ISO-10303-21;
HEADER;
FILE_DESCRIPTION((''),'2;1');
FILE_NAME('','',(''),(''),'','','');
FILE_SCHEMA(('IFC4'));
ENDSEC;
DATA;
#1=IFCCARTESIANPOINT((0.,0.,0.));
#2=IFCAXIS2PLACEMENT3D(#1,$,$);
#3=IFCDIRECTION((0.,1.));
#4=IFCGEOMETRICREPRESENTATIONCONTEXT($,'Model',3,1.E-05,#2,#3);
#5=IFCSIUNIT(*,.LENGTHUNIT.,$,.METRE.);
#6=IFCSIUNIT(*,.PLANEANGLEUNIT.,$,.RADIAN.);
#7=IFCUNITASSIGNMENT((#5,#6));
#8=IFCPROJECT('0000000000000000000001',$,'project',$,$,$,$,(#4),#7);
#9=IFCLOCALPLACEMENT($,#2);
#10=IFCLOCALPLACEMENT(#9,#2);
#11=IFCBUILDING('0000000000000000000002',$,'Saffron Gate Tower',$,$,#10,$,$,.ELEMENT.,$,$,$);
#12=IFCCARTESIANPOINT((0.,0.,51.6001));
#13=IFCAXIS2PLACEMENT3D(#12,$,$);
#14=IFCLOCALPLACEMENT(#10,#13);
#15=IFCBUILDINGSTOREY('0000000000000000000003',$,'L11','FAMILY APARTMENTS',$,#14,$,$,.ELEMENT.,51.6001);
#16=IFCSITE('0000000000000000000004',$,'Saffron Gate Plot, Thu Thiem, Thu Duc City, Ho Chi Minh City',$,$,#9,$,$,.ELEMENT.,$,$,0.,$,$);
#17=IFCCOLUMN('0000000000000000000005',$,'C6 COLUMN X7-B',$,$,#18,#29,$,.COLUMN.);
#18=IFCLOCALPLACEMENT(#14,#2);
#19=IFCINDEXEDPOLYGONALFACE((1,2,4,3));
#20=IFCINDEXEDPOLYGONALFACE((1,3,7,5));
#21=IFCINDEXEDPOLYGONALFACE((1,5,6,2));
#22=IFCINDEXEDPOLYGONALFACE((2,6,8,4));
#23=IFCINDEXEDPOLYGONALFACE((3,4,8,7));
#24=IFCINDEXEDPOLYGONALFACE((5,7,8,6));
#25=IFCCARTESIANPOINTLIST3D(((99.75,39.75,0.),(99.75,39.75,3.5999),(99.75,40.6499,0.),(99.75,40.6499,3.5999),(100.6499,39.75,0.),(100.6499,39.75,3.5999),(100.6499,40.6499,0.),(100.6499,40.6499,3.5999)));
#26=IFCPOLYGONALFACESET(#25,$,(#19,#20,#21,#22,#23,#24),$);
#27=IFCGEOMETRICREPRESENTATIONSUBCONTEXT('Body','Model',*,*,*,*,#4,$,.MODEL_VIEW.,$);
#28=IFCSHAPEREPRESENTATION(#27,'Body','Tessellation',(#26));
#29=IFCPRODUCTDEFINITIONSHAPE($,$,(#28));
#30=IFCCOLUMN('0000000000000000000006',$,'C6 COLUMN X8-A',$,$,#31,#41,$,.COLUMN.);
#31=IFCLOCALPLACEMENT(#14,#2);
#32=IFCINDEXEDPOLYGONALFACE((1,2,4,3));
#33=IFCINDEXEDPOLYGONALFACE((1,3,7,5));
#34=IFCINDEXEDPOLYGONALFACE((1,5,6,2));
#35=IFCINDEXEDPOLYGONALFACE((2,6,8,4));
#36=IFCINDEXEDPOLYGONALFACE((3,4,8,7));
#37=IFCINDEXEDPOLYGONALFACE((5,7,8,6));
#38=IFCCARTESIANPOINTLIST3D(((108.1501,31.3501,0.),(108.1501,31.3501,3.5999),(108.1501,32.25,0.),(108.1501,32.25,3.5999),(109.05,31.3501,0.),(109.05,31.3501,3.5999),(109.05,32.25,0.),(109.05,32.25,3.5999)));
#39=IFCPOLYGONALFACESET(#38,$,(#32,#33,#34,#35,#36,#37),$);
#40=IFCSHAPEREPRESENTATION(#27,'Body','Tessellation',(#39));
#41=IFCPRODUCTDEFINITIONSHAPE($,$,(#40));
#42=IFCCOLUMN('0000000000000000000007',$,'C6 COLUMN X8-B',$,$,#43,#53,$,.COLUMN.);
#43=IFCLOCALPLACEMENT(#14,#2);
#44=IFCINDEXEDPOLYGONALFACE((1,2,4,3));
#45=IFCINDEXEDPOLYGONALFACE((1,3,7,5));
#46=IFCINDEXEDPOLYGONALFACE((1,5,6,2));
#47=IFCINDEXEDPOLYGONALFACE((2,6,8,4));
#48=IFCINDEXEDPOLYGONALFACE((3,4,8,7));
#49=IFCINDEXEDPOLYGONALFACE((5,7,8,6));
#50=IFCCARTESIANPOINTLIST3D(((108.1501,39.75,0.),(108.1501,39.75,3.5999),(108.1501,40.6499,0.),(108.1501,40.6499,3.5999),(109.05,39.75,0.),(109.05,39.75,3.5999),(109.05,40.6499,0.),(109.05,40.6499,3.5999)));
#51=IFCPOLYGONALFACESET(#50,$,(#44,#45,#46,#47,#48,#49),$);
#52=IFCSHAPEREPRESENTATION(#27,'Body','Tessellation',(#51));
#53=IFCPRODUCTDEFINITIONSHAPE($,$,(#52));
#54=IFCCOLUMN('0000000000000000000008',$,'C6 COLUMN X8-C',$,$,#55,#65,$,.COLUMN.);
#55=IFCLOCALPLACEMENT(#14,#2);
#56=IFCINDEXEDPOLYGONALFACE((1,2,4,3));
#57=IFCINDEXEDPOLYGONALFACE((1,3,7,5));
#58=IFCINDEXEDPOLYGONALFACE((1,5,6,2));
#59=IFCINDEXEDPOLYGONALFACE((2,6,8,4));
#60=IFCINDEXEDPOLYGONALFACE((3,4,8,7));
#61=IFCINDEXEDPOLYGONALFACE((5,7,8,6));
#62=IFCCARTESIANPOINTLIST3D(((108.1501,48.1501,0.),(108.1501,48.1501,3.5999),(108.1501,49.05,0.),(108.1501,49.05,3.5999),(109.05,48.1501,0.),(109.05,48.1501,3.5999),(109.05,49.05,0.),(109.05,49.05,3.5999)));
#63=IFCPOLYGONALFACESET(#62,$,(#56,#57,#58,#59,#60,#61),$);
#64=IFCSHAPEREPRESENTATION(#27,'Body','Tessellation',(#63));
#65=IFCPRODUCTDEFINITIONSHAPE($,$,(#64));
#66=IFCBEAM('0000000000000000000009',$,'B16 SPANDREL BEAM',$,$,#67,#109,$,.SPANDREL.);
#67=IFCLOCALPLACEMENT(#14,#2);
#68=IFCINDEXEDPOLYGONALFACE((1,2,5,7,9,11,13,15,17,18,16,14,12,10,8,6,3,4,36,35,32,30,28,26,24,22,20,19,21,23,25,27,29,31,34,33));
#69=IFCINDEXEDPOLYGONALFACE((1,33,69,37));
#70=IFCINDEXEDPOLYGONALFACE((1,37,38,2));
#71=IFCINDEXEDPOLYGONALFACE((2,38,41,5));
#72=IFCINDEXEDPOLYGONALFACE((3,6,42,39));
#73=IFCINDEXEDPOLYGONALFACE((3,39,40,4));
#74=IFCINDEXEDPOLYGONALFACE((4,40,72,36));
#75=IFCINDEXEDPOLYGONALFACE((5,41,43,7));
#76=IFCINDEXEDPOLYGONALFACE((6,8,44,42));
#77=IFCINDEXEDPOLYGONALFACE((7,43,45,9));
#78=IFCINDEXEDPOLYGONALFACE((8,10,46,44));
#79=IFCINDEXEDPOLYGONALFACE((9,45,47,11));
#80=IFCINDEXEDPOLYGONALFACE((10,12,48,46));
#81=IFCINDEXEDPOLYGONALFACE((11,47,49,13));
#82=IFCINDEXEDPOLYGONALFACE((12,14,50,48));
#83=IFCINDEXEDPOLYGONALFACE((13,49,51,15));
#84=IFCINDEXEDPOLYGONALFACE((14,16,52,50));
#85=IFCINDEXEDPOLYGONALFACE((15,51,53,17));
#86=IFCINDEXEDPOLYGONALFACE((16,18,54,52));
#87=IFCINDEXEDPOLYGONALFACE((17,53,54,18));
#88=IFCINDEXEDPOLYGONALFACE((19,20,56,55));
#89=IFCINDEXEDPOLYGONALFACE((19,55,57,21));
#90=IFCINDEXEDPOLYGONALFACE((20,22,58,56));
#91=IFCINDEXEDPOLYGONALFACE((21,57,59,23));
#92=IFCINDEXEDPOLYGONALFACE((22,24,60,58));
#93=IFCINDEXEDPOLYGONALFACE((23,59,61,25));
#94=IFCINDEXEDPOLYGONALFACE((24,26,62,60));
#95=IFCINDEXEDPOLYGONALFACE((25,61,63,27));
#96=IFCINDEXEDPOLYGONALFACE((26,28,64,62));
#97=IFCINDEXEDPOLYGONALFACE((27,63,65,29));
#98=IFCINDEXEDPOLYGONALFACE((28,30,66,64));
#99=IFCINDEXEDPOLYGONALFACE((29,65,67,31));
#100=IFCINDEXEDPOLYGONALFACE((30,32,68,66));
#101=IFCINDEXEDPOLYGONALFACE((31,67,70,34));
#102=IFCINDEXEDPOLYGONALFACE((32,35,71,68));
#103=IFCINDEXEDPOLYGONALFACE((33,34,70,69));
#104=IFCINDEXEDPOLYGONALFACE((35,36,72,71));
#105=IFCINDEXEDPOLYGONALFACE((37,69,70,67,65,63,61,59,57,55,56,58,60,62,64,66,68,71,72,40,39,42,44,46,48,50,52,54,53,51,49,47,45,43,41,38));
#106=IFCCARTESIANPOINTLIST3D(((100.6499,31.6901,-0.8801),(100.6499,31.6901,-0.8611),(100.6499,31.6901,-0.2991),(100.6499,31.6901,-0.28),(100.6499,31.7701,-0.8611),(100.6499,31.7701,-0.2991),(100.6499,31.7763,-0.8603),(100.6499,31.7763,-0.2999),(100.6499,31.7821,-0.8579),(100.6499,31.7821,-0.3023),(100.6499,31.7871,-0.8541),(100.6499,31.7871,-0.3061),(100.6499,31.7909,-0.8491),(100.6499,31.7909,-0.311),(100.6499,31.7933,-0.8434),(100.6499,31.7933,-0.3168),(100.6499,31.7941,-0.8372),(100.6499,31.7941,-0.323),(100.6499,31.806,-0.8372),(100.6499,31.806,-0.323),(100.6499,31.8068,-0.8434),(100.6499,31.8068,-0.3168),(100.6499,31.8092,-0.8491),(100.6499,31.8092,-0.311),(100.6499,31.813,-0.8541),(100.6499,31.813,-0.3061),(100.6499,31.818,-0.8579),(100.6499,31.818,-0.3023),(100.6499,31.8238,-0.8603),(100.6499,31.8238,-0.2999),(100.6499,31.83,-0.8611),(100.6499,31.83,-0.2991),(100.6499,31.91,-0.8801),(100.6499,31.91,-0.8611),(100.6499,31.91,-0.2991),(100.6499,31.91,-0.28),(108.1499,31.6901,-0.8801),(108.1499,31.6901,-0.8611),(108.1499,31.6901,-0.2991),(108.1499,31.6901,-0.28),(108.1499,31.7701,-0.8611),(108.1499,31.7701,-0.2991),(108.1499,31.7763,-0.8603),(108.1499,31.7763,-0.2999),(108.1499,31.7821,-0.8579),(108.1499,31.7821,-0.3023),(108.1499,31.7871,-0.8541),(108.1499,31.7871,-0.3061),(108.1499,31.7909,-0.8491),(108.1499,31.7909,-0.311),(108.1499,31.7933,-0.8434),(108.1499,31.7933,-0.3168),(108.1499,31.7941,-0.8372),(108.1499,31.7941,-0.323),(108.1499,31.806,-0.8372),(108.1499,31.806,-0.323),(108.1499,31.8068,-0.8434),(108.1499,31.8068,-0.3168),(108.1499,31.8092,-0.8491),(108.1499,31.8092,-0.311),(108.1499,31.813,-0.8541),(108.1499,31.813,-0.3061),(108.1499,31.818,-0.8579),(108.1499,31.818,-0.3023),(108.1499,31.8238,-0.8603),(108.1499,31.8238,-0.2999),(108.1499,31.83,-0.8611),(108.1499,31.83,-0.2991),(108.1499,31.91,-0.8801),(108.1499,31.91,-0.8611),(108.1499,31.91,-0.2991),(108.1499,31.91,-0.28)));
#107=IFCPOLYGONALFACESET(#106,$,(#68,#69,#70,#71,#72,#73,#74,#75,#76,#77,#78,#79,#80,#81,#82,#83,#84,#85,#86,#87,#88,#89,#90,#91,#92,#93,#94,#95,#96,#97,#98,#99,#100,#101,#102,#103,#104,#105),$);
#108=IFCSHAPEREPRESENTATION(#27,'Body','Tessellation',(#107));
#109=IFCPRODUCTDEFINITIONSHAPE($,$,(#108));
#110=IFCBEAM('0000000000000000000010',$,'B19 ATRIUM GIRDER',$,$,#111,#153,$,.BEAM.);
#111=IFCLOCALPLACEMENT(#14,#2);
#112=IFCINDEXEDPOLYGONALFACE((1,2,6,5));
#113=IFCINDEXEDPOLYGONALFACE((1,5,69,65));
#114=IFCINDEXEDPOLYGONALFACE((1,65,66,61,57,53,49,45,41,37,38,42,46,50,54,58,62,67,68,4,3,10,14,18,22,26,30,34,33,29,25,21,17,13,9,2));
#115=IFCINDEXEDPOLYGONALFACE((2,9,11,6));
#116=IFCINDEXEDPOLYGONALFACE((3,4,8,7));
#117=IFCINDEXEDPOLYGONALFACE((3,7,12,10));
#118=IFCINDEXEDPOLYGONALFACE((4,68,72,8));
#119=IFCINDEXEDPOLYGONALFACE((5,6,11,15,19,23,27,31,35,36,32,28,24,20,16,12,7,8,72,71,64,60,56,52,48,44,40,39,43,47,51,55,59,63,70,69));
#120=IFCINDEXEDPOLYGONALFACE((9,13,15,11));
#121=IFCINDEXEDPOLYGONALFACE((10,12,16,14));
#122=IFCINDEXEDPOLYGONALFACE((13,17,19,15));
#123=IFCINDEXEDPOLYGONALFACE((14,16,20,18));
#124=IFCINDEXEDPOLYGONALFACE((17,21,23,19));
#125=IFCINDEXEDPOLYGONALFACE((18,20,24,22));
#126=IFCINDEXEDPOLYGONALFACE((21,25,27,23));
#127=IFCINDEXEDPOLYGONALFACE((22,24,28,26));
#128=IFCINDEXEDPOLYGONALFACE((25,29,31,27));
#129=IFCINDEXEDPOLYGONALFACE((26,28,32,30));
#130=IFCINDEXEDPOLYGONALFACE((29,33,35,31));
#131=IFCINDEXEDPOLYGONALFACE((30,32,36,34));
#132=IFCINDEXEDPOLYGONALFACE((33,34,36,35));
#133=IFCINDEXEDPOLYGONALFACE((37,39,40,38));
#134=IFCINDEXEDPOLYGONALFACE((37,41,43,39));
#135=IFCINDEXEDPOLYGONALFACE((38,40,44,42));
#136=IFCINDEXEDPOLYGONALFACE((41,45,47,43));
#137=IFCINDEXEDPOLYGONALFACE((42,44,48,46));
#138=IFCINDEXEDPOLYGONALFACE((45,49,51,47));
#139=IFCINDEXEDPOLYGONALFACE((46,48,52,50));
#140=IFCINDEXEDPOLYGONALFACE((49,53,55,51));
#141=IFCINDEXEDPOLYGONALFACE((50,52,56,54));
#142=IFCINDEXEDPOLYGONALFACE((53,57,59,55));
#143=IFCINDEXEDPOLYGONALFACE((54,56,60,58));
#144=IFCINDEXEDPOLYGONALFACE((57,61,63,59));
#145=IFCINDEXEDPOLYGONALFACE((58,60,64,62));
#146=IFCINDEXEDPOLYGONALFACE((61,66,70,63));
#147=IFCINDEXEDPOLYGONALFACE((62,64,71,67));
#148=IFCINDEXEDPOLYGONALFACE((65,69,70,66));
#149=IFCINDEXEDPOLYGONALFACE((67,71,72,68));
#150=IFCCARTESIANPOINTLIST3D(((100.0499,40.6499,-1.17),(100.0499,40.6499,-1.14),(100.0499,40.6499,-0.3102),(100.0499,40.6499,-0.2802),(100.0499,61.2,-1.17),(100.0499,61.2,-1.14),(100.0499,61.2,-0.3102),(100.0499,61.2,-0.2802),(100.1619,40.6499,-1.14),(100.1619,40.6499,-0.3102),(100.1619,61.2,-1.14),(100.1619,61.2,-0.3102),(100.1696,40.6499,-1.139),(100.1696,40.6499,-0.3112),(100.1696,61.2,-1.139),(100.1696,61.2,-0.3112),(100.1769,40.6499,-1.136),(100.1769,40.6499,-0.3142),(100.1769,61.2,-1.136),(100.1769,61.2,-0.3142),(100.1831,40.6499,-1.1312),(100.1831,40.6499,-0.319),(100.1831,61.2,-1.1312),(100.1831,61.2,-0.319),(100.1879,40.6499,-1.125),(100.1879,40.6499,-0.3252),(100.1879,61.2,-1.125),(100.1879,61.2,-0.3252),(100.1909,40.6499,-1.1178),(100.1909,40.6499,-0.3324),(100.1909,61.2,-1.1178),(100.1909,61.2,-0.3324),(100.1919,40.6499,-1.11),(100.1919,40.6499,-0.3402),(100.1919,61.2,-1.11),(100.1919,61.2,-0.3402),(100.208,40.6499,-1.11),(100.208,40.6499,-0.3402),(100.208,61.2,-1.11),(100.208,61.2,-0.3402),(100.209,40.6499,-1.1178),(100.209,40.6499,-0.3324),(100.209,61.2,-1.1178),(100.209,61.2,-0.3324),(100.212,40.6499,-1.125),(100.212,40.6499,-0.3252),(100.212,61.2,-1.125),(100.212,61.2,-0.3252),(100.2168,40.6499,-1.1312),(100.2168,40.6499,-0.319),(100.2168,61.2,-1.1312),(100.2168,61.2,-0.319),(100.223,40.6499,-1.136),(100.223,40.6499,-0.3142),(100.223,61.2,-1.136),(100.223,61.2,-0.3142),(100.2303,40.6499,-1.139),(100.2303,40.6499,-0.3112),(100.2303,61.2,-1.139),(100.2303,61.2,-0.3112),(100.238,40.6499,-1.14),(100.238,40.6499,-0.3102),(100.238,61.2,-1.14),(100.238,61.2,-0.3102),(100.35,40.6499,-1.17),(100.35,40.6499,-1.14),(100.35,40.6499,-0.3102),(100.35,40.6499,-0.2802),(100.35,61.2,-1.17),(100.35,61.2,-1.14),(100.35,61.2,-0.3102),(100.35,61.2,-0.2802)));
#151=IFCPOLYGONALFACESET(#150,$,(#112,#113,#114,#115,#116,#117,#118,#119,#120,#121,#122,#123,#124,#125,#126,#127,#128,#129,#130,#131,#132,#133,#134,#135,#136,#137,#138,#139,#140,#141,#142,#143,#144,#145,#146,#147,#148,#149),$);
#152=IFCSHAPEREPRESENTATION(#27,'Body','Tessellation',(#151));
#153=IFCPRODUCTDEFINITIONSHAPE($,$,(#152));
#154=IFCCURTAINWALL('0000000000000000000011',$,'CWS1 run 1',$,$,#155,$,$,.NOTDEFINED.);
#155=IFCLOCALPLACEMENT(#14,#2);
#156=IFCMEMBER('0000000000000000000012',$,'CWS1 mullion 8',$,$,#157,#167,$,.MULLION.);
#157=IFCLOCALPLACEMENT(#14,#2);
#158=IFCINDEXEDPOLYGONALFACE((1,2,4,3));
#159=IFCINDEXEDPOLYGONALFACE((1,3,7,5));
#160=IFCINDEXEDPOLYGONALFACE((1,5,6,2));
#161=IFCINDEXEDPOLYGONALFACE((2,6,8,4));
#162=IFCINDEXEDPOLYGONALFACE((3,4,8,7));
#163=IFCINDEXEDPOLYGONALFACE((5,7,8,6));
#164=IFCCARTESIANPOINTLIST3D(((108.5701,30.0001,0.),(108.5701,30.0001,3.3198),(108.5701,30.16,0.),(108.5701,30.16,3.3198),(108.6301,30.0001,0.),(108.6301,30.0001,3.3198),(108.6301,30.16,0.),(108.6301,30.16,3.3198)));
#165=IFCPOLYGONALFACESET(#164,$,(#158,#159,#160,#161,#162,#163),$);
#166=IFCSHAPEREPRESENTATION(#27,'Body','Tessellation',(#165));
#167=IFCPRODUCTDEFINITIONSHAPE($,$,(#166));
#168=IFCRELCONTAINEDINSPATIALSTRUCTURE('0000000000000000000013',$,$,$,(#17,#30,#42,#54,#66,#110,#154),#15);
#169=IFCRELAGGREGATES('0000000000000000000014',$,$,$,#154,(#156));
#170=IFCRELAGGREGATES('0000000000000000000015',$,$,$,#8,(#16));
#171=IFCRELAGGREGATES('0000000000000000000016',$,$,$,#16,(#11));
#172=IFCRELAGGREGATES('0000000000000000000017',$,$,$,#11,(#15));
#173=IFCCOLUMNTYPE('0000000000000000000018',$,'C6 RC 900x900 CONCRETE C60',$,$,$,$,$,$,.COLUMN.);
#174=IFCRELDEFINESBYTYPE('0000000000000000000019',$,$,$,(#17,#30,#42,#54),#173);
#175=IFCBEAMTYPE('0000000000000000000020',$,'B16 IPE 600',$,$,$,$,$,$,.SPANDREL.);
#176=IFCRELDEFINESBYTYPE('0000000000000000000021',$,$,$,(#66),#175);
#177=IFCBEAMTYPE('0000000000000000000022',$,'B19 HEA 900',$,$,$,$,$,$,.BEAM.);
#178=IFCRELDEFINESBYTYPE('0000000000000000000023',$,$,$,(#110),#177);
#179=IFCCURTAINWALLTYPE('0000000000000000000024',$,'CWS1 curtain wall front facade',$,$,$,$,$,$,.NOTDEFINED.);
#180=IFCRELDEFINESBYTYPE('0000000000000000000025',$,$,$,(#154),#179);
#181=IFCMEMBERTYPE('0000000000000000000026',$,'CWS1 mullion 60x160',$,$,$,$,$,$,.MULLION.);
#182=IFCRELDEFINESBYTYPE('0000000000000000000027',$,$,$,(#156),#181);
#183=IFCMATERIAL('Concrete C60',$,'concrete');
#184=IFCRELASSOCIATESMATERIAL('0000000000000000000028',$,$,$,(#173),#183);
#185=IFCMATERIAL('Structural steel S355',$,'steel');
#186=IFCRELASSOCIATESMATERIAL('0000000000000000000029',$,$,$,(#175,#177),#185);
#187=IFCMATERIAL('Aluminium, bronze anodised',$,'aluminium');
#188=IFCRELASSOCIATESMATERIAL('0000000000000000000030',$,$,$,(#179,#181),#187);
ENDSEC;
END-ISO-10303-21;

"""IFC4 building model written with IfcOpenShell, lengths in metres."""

from ifc_helpers import new_model, si_unit, direction, frame, origin, origin_2d, place, context, subcontext, project, spatial, rectangle, i_section, extrude, material, material_profile, profile_set, type_object, element, aggregate, save


model = new_model("IFC4")

# Units and contexts
model_context = context("Model", 3, precision=1e-05, world=origin(), true_north=direction((0.0, 1.0)))
body_context = subcontext(model_context, "Body", "Model", "MODEL_VIEW")
ifc_project = project(units=[si_unit("LENGTHUNIT", "METRE"), si_unit("PLANEANGLEUNIT", "RADIAN")], contexts=[model_context])

# Site, building, storey
site_placement = place(None, origin())
site = spatial("IfcSite", under=ifc_project, at=site_placement, Name="Saffron Gate Plot, Thu Thiem, Thu Duc City, Ho Chi Minh City", CompositionType="ELEMENT", RefElevation=0.0)
building_placement = place(site_placement, origin())
building = spatial("IfcBuilding", under=site, at=building_placement, Name="Saffron Gate Tower", CompositionType="ELEMENT")
storey_placement = place(building_placement, frame((0.0, 0.0, 51.6001)))
storey = spatial("IfcBuildingStorey", under=building, at=storey_placement, Name="L11", Description="FAMILY APARTMENTS", CompositionType="ELEMENT", Elevation=51.6001)

# Columns
ifc_material_1 = material(Name="Concrete C60", Category="concrete")
ifc_material_profile_1 = material_profile(ifc_material_1, rectangle(XDim=0.8999, YDim=0.8999, at=origin_2d()))
ifc_profile_set_1 = profile_set([ifc_material_profile_1], Name="Concrete C60")
column_type = type_object("IfcColumnType", Name="C6 RC 900x900 CONCRETE C60", PredefinedType="COLUMN", material=ifc_profile_set_1)
for number, where, z_axis, x_axis, name in (
    (1, (100.2, 40.2, 0.0), (0.0, 0.0, 1.0), (1.0, 0.0, 0.0), "C6 COLUMN X7-B"),
    (2, (108.6001, 31.8, 0.0), (0.0, 0.0, 1.0), (1.0, 0.0, 0.0), "C6 COLUMN X8-A"),
    (3, (108.6001, 40.2, 0.0), (0.0, 0.0, 1.0), (1.0, 0.0, 0.0), "C6 COLUMN X8-B"),
    (4, (108.6001, 48.6001, 0.0), (0.0, 0.0, 1.0), (1.0, 0.0, 0.0), "C6 COLUMN X8-C"),
):
    element("IfcColumn", number, at=place(storey_placement, frame(where, z_axis=z_axis, x_axis=x_axis)), inside=storey, type_object=column_type, Name=name, PredefinedType="COLUMN", context=body_context, shape_type="SweptSolid", body=[
        extrude(rectangle(XDim=0.8999, YDim=0.8999, at=origin_2d()), origin(), (0.0, 0.0, 1.0), 3.5999),
    ])

# Beams
ifc_material_2 = material(Name="Structural steel S355", Category="steel")
ifc_material_profile_2 = material_profile(ifc_material_2, i_section(OverallWidth=0.22, OverallDepth=0.6001, WebThickness=0.012, FlangeThickness=0.019, FilletRadius=0.0239, at=origin_2d()))
ifc_profile_set_2 = profile_set([ifc_material_profile_2], Name="Structural steel S355")
beam_type_1 = type_object("IfcBeamType", Name="B16 IPE 600", PredefinedType="SPANDREL", material=ifc_profile_set_2)
beam_1_placement = place(storey_placement, frame((100.6499, 31.8, -0.5801), z_axis=(1.0, 0.0, 0.0), x_axis=(0.0, 1.0, 0.0)))
element("IfcBeam", 5, at=beam_1_placement, inside=storey, type_object=beam_type_1, Name="B16 SPANDREL BEAM", PredefinedType="SPANDREL", context=body_context, shape_type="SweptSolid", body=[
    extrude(i_section(OverallWidth=0.22, OverallDepth=0.6001, WebThickness=0.012, FlangeThickness=0.019, FilletRadius=0.0239, at=origin_2d()), origin(), (0.0, 0.0, 1.0), 7.5),
])
ifc_material_profile_3 = material_profile(ifc_material_2, i_section(OverallWidth=0.3, OverallDepth=0.8899, WebThickness=0.0161, FlangeThickness=0.03, FilletRadius=0.03, at=origin_2d()))
ifc_profile_set_3 = profile_set([ifc_material_profile_3], Name="Structural steel S355")
beam_type_2 = type_object("IfcBeamType", Name="B19 HEA 900", PredefinedType="BEAM", material=ifc_profile_set_3)
beam_2_placement = place(storey_placement, frame((100.2, 40.6499, -0.7251), z_axis=(0.0, 1.0, 0.0), x_axis=(-1.0, 0.0, 0.0)))
element("IfcBeam", 6, at=beam_2_placement, inside=storey, type_object=beam_type_2, Name="B19 ATRIUM GIRDER", PredefinedType="BEAM", context=body_context, shape_type="SweptSolid", body=[
    extrude(i_section(OverallWidth=0.3, OverallDepth=0.8899, WebThickness=0.0161, FlangeThickness=0.03, FilletRadius=0.03, at=origin_2d()), origin(), (0.0, 0.0, 1.0), 20.55),
])

# Curtain wall, member
ifc_material_3 = material(Name="Aluminium, bronze anodised", Category="aluminium")
curtain_wall_type = type_object("IfcCurtainWallType", Name="CWS1 curtain wall front facade", PredefinedType="NOTDEFINED", material=ifc_material_3)
curtain_wall_placement = place(storey_placement, origin())
curtain_wall = element("IfcCurtainWall", 7, at=curtain_wall_placement, inside=storey, type_object=curtain_wall_type, Name="CWS1 run 1", PredefinedType="NOTDEFINED")
ifc_material_profile_4 = material_profile(ifc_material_3, rectangle(XDim=0.1599, YDim=0.0601, at=origin_2d()))
ifc_profile_set_4 = profile_set([ifc_material_profile_4], Name="Aluminium, bronze anodised")
member_type = type_object("IfcMemberType", Name="CWS1 mullion 60x160", PredefinedType="MULLION", material=ifc_profile_set_4)
member_placement = place(storey_placement, frame((108.6001, 30.0801, 0.0), z_axis=(0.0, 0.0, 1.0), x_axis=(0.0, 1.0, 0.0)))
member = element("IfcMember", 8, at=member_placement, type_object=member_type, Name="CWS1 mullion 8", PredefinedType="MULLION", context=body_context, shape_type="SweptSolid", body=[
    extrude(rectangle(XDim=0.1599, YDim=0.0601, at=origin_2d()), origin(), (0.0, 0.0, 1.0), 3.3198),
])
aggregate(curtain_wall, [member])

save(model, "model.ifc")
